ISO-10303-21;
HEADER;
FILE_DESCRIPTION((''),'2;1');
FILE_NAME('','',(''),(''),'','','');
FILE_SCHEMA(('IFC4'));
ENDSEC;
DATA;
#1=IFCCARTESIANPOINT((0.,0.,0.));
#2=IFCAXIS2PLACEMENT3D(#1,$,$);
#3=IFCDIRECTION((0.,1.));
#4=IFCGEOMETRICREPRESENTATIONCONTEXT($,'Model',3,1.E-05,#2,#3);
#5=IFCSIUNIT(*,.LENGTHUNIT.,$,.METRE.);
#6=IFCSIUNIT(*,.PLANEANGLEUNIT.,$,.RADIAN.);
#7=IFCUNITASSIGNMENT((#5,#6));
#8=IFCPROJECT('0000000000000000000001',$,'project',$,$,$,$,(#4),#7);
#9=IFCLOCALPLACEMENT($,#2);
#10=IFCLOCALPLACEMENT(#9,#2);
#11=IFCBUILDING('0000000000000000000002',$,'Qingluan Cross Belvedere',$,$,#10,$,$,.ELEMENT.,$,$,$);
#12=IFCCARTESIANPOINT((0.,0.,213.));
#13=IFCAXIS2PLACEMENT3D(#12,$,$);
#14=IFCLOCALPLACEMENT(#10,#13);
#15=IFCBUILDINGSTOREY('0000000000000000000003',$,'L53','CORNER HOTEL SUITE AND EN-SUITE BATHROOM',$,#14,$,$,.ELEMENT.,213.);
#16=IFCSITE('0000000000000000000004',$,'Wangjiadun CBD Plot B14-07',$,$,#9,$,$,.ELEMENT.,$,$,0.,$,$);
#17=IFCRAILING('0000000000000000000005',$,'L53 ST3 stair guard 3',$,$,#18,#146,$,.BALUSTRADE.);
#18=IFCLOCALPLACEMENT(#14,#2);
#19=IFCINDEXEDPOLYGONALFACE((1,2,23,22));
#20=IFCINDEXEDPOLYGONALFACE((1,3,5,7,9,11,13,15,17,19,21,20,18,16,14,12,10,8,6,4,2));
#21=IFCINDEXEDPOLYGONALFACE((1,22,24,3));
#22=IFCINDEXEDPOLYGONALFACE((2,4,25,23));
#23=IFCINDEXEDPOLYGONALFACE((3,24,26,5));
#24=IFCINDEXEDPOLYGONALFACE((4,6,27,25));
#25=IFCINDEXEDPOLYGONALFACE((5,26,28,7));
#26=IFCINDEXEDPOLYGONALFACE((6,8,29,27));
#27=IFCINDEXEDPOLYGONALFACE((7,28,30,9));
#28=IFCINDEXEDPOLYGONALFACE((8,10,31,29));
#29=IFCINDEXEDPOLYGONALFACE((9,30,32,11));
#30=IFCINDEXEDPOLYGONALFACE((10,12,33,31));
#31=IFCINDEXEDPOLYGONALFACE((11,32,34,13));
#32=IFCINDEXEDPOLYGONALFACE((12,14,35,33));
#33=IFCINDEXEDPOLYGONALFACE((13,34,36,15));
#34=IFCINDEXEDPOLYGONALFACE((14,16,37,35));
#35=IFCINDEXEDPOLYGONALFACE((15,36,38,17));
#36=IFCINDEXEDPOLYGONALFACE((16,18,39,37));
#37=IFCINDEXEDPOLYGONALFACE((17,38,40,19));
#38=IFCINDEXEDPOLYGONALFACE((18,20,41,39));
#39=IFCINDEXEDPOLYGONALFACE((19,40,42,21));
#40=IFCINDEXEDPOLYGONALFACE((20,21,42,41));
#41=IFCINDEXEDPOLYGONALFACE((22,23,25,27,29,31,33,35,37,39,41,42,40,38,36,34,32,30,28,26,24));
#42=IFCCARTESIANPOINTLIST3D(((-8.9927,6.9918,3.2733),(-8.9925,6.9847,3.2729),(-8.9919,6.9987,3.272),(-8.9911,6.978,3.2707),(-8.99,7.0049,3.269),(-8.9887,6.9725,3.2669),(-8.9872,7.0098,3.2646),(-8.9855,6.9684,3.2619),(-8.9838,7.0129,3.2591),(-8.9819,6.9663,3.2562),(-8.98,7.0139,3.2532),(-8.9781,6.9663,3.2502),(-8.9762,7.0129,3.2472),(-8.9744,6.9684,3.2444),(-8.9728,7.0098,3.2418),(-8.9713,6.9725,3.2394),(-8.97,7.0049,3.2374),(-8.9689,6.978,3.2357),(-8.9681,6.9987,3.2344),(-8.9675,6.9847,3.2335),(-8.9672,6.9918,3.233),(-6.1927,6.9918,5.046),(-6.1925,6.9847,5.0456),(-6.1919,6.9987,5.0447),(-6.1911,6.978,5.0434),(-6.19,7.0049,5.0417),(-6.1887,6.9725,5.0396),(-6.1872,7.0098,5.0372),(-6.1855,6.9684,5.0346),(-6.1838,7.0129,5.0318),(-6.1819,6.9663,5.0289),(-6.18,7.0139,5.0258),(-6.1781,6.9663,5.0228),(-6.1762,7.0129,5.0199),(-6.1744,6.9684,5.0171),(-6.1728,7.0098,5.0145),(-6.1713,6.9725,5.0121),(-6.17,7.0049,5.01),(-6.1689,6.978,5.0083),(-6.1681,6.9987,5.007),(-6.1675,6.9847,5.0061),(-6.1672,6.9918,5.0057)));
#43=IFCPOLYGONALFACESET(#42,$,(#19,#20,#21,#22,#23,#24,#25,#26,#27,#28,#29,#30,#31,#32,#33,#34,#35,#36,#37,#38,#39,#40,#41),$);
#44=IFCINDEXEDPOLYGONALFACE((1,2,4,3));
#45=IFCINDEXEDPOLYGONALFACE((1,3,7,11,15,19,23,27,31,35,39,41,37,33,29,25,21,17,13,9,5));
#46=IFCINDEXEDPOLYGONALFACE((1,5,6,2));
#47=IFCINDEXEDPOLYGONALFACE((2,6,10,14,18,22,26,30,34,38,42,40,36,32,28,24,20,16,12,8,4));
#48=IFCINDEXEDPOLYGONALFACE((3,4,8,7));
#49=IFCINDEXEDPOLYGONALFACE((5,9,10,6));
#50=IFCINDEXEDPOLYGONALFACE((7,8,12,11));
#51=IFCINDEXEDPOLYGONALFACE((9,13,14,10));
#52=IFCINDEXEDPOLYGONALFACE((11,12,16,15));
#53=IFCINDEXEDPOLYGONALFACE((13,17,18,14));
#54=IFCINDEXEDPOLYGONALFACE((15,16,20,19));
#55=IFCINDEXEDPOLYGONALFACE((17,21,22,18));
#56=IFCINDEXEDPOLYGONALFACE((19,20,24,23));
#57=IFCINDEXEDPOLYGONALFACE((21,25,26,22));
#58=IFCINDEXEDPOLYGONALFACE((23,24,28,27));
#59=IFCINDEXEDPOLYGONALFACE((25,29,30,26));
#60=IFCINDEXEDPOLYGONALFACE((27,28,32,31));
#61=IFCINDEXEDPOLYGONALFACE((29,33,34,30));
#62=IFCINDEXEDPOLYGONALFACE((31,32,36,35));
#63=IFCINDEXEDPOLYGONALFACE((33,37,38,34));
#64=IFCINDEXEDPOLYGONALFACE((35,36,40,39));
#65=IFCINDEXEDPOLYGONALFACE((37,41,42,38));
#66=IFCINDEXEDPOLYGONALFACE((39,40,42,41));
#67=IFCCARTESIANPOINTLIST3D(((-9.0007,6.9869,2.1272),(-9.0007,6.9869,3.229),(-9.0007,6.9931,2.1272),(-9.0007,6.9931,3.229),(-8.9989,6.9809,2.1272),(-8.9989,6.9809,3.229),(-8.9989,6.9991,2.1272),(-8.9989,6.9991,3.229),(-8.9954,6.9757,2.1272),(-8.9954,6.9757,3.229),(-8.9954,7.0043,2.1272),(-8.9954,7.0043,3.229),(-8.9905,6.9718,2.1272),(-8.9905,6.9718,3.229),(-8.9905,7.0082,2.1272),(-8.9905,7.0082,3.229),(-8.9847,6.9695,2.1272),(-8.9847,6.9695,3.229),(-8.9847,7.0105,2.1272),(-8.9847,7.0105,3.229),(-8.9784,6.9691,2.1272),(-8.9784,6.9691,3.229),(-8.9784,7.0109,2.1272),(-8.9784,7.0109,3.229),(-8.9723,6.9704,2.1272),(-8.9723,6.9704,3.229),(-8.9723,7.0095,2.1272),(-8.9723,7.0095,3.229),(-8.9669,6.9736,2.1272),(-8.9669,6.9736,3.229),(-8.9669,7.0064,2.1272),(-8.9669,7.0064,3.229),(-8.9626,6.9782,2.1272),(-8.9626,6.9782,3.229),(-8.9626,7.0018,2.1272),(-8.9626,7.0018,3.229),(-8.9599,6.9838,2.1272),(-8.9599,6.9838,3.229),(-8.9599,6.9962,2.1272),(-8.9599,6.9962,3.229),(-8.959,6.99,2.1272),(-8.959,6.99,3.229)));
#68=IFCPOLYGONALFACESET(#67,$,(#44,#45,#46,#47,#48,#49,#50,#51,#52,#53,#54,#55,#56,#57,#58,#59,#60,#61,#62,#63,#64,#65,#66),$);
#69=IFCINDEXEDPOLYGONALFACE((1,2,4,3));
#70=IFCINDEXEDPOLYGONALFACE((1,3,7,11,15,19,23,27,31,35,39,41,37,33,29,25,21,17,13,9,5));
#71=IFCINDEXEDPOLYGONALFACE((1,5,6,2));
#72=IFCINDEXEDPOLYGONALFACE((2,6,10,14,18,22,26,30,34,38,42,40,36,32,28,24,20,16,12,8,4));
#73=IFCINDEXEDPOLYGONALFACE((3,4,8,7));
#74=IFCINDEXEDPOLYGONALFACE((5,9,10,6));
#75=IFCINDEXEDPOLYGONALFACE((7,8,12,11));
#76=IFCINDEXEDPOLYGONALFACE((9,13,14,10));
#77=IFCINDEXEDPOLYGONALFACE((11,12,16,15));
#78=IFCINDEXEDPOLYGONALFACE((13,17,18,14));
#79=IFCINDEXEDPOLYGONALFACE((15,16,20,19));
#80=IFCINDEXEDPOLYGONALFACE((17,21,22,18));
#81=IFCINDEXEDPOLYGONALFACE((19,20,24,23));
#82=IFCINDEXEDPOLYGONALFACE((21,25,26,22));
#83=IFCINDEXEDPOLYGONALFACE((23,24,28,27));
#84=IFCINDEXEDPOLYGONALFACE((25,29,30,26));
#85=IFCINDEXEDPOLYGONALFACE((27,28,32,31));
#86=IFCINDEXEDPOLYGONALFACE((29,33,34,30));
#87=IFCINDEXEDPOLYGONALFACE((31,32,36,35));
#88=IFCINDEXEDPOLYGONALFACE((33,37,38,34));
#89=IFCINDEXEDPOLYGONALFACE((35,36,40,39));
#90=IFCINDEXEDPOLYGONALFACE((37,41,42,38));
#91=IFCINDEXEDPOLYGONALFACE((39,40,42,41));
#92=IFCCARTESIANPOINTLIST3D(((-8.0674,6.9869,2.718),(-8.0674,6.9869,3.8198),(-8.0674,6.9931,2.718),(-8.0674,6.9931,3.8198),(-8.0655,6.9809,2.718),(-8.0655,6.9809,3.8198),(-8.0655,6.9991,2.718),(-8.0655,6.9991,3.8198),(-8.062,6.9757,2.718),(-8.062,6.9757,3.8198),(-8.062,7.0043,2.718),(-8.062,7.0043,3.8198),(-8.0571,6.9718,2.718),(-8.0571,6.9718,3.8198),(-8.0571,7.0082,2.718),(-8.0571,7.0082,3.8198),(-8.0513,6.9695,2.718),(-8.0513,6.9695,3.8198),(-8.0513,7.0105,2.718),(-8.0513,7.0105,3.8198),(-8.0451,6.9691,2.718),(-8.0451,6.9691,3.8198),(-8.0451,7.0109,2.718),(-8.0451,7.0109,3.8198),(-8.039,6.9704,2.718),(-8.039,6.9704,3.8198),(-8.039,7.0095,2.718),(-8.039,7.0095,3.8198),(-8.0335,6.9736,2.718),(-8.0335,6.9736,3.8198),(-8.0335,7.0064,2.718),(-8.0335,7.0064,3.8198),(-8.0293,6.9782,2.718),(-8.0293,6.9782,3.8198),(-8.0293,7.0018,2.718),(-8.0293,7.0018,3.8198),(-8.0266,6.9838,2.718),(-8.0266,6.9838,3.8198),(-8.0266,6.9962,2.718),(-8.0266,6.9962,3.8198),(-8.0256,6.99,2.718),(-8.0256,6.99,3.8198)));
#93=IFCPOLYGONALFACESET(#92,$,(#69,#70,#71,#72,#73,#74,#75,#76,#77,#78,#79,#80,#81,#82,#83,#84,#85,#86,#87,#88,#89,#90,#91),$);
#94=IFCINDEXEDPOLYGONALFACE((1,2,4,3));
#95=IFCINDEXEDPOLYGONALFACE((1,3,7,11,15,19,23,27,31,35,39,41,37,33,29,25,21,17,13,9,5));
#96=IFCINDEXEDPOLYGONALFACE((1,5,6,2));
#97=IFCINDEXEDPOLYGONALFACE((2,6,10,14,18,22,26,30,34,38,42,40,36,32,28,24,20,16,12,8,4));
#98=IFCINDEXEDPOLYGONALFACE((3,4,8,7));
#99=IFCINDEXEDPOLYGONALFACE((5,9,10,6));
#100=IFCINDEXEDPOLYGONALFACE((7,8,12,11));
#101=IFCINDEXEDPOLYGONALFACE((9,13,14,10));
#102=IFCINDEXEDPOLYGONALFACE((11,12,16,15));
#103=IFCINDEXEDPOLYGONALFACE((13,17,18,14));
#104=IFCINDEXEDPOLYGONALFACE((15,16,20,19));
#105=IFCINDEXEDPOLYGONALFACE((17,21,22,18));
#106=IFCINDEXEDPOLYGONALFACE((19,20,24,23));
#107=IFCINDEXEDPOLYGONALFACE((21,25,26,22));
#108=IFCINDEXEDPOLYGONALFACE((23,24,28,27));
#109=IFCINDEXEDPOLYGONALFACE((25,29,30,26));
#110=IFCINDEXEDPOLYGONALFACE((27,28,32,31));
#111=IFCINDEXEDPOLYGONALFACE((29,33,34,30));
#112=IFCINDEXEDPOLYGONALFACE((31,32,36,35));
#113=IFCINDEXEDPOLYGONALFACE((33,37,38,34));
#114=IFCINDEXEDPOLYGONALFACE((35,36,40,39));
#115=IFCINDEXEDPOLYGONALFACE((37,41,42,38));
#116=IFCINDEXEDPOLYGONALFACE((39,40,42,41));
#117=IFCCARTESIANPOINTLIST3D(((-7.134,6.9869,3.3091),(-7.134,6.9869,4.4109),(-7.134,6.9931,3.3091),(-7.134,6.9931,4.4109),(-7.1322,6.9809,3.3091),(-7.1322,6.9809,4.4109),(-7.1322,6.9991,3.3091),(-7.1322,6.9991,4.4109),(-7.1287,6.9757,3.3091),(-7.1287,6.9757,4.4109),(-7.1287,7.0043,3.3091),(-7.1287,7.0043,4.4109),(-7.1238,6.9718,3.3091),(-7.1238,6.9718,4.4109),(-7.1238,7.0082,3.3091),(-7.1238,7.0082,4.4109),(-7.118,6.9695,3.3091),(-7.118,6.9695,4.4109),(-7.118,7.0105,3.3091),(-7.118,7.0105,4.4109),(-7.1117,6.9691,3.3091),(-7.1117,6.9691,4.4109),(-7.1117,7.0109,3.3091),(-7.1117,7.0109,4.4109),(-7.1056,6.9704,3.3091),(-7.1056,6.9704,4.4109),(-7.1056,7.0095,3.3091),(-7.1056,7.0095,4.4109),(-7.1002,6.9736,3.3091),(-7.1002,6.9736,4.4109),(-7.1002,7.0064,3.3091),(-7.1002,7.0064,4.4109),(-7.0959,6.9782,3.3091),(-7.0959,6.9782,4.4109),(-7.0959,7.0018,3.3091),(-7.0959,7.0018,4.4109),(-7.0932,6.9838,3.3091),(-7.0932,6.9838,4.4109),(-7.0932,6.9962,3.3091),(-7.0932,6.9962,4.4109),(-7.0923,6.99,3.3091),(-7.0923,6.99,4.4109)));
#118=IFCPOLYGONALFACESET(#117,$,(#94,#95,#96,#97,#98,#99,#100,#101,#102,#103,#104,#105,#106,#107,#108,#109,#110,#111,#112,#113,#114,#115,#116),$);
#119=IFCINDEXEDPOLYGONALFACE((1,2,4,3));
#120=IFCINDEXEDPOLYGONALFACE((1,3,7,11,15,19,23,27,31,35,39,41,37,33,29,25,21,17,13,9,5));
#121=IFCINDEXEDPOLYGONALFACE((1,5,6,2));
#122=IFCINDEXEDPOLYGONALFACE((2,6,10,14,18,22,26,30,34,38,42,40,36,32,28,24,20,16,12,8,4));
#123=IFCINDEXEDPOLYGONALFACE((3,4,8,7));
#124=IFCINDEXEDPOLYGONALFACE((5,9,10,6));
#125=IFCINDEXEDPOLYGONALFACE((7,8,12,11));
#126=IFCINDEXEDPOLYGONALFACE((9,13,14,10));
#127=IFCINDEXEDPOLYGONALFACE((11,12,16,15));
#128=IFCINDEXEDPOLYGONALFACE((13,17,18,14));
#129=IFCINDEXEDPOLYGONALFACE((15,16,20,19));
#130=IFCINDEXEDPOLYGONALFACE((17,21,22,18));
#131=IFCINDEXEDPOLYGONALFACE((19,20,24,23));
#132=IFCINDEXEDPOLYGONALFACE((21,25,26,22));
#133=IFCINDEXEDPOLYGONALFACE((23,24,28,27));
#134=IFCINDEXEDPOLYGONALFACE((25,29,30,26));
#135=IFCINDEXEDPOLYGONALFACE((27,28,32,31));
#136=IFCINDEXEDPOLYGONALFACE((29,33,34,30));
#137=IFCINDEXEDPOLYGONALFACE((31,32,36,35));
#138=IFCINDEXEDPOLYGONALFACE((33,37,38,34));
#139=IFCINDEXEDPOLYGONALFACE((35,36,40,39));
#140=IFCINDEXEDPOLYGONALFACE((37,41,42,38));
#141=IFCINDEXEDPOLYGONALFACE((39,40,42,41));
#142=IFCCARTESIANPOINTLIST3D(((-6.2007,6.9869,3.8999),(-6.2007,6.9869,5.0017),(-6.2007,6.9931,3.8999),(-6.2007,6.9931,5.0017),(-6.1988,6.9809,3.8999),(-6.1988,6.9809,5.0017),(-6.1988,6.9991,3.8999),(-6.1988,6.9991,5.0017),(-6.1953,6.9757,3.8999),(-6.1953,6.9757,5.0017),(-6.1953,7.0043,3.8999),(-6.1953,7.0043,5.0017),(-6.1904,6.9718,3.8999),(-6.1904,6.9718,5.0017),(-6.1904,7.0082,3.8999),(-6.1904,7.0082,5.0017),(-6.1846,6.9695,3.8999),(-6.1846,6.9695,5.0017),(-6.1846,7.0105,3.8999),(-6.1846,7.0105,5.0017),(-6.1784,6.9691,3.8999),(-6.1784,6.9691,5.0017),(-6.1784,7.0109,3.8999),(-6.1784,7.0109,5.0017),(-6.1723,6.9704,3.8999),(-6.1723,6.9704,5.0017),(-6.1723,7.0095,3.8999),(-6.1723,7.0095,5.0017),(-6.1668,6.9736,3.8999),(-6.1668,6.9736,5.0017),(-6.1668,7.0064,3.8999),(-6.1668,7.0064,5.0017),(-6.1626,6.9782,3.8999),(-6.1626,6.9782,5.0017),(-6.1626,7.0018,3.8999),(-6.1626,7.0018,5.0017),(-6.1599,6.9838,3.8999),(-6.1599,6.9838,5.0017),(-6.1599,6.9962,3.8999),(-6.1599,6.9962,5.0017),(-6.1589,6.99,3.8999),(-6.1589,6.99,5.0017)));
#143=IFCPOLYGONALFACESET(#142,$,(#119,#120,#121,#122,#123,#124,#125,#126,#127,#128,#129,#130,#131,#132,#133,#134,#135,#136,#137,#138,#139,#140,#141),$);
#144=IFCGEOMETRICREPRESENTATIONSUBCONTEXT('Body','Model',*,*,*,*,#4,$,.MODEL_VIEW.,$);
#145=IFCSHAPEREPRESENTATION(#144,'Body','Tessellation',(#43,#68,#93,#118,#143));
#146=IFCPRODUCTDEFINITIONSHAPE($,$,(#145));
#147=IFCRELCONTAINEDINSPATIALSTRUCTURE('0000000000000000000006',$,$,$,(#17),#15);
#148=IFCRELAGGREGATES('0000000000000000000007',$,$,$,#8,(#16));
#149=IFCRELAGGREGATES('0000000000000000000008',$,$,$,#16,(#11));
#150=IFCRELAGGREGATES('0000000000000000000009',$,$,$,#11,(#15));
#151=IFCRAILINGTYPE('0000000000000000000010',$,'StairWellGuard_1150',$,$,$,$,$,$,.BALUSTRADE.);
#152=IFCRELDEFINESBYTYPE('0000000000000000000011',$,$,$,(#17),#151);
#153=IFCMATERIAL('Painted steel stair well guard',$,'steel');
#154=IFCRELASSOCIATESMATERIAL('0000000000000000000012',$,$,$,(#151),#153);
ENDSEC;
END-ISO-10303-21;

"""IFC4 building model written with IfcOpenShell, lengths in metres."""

from ifc_helpers import new_model, si_unit, direction, frame, origin, origin_2d, place, context, subcontext, project, spatial, circle, extrude, material, type_object, element, save


model = new_model("IFC4")

# Units and contexts
model_context = context("Model", 3, precision=1e-05, world=origin(), true_north=direction((0.0, 1.0)))
body_context = subcontext(model_context, "Body", "Model", "MODEL_VIEW")
ifc_project = project(units=[si_unit("LENGTHUNIT", "METRE"), si_unit("PLANEANGLEUNIT", "RADIAN")], contexts=[model_context])

# Site, building, storey
site_placement = place(None, origin())
site = spatial("IfcSite", under=ifc_project, at=site_placement, Name="Wangjiadun CBD Plot B14-07", CompositionType="ELEMENT", RefElevation=0.0)
building_placement = place(site_placement, origin())
building = spatial("IfcBuilding", under=site, at=building_placement, Name="Qingluan Cross Belvedere", CompositionType="ELEMENT")
storey_placement = place(building_placement, frame((0.0, 0.0, 213.0)))
storey = spatial("IfcBuildingStorey", under=building, at=storey_placement, Name="L53", Description="CORNER HOTEL SUITE AND EN-SUITE BATHROOM", CompositionType="ELEMENT", Elevation=213.0)

# Railing
ifc_material_1 = material(Name="Painted steel stair well guard", Category="steel")
railing_type_1 = type_object("IfcRailingType", Name="StairWellGuard_1150", PredefinedType="BALUSTRADE", material=ifc_material_1)
railing_1_placement = place(storey_placement, frame((-8.98, 6.99, 2.1272)))
element("IfcRailing", 1, at=railing_1_placement, inside=storey, type_object=railing_type_1, Name="L53 ST3 stair guard 3", PredefinedType="BALUSTRADE", context=body_context, shape_type="SweptSolid", body=[
    extrude(circle(Radius=0.0239, at=origin_2d()), frame((0.0, 0.0, 1.126), z_axis=(0.844909, 0.0, 0.53491), x_axis=(0.0, 1.0, 0.0)), (0.0, 0.0, 1.0), 3.314),
    extrude(circle(Radius=0.021, at=origin_2d()), origin(), (0.0, 0.0, 1.0), 1.1018),
    extrude(circle(Radius=0.021, at=origin_2d()), frame((0.9333, 0.0, 0.5908)), (0.0, 0.0, 1.0), 1.1018),
    extrude(circle(Radius=0.021, at=origin_2d()), frame((1.8667, 0.0, 1.1819)), (0.0, 0.0, 1.0), 1.1018),
    extrude(circle(Radius=0.021, at=origin_2d()), frame((2.8, 0.0, 1.7727)), (0.0, 0.0, 1.0), 1.1018),
])

save(model, "model.ifc")
